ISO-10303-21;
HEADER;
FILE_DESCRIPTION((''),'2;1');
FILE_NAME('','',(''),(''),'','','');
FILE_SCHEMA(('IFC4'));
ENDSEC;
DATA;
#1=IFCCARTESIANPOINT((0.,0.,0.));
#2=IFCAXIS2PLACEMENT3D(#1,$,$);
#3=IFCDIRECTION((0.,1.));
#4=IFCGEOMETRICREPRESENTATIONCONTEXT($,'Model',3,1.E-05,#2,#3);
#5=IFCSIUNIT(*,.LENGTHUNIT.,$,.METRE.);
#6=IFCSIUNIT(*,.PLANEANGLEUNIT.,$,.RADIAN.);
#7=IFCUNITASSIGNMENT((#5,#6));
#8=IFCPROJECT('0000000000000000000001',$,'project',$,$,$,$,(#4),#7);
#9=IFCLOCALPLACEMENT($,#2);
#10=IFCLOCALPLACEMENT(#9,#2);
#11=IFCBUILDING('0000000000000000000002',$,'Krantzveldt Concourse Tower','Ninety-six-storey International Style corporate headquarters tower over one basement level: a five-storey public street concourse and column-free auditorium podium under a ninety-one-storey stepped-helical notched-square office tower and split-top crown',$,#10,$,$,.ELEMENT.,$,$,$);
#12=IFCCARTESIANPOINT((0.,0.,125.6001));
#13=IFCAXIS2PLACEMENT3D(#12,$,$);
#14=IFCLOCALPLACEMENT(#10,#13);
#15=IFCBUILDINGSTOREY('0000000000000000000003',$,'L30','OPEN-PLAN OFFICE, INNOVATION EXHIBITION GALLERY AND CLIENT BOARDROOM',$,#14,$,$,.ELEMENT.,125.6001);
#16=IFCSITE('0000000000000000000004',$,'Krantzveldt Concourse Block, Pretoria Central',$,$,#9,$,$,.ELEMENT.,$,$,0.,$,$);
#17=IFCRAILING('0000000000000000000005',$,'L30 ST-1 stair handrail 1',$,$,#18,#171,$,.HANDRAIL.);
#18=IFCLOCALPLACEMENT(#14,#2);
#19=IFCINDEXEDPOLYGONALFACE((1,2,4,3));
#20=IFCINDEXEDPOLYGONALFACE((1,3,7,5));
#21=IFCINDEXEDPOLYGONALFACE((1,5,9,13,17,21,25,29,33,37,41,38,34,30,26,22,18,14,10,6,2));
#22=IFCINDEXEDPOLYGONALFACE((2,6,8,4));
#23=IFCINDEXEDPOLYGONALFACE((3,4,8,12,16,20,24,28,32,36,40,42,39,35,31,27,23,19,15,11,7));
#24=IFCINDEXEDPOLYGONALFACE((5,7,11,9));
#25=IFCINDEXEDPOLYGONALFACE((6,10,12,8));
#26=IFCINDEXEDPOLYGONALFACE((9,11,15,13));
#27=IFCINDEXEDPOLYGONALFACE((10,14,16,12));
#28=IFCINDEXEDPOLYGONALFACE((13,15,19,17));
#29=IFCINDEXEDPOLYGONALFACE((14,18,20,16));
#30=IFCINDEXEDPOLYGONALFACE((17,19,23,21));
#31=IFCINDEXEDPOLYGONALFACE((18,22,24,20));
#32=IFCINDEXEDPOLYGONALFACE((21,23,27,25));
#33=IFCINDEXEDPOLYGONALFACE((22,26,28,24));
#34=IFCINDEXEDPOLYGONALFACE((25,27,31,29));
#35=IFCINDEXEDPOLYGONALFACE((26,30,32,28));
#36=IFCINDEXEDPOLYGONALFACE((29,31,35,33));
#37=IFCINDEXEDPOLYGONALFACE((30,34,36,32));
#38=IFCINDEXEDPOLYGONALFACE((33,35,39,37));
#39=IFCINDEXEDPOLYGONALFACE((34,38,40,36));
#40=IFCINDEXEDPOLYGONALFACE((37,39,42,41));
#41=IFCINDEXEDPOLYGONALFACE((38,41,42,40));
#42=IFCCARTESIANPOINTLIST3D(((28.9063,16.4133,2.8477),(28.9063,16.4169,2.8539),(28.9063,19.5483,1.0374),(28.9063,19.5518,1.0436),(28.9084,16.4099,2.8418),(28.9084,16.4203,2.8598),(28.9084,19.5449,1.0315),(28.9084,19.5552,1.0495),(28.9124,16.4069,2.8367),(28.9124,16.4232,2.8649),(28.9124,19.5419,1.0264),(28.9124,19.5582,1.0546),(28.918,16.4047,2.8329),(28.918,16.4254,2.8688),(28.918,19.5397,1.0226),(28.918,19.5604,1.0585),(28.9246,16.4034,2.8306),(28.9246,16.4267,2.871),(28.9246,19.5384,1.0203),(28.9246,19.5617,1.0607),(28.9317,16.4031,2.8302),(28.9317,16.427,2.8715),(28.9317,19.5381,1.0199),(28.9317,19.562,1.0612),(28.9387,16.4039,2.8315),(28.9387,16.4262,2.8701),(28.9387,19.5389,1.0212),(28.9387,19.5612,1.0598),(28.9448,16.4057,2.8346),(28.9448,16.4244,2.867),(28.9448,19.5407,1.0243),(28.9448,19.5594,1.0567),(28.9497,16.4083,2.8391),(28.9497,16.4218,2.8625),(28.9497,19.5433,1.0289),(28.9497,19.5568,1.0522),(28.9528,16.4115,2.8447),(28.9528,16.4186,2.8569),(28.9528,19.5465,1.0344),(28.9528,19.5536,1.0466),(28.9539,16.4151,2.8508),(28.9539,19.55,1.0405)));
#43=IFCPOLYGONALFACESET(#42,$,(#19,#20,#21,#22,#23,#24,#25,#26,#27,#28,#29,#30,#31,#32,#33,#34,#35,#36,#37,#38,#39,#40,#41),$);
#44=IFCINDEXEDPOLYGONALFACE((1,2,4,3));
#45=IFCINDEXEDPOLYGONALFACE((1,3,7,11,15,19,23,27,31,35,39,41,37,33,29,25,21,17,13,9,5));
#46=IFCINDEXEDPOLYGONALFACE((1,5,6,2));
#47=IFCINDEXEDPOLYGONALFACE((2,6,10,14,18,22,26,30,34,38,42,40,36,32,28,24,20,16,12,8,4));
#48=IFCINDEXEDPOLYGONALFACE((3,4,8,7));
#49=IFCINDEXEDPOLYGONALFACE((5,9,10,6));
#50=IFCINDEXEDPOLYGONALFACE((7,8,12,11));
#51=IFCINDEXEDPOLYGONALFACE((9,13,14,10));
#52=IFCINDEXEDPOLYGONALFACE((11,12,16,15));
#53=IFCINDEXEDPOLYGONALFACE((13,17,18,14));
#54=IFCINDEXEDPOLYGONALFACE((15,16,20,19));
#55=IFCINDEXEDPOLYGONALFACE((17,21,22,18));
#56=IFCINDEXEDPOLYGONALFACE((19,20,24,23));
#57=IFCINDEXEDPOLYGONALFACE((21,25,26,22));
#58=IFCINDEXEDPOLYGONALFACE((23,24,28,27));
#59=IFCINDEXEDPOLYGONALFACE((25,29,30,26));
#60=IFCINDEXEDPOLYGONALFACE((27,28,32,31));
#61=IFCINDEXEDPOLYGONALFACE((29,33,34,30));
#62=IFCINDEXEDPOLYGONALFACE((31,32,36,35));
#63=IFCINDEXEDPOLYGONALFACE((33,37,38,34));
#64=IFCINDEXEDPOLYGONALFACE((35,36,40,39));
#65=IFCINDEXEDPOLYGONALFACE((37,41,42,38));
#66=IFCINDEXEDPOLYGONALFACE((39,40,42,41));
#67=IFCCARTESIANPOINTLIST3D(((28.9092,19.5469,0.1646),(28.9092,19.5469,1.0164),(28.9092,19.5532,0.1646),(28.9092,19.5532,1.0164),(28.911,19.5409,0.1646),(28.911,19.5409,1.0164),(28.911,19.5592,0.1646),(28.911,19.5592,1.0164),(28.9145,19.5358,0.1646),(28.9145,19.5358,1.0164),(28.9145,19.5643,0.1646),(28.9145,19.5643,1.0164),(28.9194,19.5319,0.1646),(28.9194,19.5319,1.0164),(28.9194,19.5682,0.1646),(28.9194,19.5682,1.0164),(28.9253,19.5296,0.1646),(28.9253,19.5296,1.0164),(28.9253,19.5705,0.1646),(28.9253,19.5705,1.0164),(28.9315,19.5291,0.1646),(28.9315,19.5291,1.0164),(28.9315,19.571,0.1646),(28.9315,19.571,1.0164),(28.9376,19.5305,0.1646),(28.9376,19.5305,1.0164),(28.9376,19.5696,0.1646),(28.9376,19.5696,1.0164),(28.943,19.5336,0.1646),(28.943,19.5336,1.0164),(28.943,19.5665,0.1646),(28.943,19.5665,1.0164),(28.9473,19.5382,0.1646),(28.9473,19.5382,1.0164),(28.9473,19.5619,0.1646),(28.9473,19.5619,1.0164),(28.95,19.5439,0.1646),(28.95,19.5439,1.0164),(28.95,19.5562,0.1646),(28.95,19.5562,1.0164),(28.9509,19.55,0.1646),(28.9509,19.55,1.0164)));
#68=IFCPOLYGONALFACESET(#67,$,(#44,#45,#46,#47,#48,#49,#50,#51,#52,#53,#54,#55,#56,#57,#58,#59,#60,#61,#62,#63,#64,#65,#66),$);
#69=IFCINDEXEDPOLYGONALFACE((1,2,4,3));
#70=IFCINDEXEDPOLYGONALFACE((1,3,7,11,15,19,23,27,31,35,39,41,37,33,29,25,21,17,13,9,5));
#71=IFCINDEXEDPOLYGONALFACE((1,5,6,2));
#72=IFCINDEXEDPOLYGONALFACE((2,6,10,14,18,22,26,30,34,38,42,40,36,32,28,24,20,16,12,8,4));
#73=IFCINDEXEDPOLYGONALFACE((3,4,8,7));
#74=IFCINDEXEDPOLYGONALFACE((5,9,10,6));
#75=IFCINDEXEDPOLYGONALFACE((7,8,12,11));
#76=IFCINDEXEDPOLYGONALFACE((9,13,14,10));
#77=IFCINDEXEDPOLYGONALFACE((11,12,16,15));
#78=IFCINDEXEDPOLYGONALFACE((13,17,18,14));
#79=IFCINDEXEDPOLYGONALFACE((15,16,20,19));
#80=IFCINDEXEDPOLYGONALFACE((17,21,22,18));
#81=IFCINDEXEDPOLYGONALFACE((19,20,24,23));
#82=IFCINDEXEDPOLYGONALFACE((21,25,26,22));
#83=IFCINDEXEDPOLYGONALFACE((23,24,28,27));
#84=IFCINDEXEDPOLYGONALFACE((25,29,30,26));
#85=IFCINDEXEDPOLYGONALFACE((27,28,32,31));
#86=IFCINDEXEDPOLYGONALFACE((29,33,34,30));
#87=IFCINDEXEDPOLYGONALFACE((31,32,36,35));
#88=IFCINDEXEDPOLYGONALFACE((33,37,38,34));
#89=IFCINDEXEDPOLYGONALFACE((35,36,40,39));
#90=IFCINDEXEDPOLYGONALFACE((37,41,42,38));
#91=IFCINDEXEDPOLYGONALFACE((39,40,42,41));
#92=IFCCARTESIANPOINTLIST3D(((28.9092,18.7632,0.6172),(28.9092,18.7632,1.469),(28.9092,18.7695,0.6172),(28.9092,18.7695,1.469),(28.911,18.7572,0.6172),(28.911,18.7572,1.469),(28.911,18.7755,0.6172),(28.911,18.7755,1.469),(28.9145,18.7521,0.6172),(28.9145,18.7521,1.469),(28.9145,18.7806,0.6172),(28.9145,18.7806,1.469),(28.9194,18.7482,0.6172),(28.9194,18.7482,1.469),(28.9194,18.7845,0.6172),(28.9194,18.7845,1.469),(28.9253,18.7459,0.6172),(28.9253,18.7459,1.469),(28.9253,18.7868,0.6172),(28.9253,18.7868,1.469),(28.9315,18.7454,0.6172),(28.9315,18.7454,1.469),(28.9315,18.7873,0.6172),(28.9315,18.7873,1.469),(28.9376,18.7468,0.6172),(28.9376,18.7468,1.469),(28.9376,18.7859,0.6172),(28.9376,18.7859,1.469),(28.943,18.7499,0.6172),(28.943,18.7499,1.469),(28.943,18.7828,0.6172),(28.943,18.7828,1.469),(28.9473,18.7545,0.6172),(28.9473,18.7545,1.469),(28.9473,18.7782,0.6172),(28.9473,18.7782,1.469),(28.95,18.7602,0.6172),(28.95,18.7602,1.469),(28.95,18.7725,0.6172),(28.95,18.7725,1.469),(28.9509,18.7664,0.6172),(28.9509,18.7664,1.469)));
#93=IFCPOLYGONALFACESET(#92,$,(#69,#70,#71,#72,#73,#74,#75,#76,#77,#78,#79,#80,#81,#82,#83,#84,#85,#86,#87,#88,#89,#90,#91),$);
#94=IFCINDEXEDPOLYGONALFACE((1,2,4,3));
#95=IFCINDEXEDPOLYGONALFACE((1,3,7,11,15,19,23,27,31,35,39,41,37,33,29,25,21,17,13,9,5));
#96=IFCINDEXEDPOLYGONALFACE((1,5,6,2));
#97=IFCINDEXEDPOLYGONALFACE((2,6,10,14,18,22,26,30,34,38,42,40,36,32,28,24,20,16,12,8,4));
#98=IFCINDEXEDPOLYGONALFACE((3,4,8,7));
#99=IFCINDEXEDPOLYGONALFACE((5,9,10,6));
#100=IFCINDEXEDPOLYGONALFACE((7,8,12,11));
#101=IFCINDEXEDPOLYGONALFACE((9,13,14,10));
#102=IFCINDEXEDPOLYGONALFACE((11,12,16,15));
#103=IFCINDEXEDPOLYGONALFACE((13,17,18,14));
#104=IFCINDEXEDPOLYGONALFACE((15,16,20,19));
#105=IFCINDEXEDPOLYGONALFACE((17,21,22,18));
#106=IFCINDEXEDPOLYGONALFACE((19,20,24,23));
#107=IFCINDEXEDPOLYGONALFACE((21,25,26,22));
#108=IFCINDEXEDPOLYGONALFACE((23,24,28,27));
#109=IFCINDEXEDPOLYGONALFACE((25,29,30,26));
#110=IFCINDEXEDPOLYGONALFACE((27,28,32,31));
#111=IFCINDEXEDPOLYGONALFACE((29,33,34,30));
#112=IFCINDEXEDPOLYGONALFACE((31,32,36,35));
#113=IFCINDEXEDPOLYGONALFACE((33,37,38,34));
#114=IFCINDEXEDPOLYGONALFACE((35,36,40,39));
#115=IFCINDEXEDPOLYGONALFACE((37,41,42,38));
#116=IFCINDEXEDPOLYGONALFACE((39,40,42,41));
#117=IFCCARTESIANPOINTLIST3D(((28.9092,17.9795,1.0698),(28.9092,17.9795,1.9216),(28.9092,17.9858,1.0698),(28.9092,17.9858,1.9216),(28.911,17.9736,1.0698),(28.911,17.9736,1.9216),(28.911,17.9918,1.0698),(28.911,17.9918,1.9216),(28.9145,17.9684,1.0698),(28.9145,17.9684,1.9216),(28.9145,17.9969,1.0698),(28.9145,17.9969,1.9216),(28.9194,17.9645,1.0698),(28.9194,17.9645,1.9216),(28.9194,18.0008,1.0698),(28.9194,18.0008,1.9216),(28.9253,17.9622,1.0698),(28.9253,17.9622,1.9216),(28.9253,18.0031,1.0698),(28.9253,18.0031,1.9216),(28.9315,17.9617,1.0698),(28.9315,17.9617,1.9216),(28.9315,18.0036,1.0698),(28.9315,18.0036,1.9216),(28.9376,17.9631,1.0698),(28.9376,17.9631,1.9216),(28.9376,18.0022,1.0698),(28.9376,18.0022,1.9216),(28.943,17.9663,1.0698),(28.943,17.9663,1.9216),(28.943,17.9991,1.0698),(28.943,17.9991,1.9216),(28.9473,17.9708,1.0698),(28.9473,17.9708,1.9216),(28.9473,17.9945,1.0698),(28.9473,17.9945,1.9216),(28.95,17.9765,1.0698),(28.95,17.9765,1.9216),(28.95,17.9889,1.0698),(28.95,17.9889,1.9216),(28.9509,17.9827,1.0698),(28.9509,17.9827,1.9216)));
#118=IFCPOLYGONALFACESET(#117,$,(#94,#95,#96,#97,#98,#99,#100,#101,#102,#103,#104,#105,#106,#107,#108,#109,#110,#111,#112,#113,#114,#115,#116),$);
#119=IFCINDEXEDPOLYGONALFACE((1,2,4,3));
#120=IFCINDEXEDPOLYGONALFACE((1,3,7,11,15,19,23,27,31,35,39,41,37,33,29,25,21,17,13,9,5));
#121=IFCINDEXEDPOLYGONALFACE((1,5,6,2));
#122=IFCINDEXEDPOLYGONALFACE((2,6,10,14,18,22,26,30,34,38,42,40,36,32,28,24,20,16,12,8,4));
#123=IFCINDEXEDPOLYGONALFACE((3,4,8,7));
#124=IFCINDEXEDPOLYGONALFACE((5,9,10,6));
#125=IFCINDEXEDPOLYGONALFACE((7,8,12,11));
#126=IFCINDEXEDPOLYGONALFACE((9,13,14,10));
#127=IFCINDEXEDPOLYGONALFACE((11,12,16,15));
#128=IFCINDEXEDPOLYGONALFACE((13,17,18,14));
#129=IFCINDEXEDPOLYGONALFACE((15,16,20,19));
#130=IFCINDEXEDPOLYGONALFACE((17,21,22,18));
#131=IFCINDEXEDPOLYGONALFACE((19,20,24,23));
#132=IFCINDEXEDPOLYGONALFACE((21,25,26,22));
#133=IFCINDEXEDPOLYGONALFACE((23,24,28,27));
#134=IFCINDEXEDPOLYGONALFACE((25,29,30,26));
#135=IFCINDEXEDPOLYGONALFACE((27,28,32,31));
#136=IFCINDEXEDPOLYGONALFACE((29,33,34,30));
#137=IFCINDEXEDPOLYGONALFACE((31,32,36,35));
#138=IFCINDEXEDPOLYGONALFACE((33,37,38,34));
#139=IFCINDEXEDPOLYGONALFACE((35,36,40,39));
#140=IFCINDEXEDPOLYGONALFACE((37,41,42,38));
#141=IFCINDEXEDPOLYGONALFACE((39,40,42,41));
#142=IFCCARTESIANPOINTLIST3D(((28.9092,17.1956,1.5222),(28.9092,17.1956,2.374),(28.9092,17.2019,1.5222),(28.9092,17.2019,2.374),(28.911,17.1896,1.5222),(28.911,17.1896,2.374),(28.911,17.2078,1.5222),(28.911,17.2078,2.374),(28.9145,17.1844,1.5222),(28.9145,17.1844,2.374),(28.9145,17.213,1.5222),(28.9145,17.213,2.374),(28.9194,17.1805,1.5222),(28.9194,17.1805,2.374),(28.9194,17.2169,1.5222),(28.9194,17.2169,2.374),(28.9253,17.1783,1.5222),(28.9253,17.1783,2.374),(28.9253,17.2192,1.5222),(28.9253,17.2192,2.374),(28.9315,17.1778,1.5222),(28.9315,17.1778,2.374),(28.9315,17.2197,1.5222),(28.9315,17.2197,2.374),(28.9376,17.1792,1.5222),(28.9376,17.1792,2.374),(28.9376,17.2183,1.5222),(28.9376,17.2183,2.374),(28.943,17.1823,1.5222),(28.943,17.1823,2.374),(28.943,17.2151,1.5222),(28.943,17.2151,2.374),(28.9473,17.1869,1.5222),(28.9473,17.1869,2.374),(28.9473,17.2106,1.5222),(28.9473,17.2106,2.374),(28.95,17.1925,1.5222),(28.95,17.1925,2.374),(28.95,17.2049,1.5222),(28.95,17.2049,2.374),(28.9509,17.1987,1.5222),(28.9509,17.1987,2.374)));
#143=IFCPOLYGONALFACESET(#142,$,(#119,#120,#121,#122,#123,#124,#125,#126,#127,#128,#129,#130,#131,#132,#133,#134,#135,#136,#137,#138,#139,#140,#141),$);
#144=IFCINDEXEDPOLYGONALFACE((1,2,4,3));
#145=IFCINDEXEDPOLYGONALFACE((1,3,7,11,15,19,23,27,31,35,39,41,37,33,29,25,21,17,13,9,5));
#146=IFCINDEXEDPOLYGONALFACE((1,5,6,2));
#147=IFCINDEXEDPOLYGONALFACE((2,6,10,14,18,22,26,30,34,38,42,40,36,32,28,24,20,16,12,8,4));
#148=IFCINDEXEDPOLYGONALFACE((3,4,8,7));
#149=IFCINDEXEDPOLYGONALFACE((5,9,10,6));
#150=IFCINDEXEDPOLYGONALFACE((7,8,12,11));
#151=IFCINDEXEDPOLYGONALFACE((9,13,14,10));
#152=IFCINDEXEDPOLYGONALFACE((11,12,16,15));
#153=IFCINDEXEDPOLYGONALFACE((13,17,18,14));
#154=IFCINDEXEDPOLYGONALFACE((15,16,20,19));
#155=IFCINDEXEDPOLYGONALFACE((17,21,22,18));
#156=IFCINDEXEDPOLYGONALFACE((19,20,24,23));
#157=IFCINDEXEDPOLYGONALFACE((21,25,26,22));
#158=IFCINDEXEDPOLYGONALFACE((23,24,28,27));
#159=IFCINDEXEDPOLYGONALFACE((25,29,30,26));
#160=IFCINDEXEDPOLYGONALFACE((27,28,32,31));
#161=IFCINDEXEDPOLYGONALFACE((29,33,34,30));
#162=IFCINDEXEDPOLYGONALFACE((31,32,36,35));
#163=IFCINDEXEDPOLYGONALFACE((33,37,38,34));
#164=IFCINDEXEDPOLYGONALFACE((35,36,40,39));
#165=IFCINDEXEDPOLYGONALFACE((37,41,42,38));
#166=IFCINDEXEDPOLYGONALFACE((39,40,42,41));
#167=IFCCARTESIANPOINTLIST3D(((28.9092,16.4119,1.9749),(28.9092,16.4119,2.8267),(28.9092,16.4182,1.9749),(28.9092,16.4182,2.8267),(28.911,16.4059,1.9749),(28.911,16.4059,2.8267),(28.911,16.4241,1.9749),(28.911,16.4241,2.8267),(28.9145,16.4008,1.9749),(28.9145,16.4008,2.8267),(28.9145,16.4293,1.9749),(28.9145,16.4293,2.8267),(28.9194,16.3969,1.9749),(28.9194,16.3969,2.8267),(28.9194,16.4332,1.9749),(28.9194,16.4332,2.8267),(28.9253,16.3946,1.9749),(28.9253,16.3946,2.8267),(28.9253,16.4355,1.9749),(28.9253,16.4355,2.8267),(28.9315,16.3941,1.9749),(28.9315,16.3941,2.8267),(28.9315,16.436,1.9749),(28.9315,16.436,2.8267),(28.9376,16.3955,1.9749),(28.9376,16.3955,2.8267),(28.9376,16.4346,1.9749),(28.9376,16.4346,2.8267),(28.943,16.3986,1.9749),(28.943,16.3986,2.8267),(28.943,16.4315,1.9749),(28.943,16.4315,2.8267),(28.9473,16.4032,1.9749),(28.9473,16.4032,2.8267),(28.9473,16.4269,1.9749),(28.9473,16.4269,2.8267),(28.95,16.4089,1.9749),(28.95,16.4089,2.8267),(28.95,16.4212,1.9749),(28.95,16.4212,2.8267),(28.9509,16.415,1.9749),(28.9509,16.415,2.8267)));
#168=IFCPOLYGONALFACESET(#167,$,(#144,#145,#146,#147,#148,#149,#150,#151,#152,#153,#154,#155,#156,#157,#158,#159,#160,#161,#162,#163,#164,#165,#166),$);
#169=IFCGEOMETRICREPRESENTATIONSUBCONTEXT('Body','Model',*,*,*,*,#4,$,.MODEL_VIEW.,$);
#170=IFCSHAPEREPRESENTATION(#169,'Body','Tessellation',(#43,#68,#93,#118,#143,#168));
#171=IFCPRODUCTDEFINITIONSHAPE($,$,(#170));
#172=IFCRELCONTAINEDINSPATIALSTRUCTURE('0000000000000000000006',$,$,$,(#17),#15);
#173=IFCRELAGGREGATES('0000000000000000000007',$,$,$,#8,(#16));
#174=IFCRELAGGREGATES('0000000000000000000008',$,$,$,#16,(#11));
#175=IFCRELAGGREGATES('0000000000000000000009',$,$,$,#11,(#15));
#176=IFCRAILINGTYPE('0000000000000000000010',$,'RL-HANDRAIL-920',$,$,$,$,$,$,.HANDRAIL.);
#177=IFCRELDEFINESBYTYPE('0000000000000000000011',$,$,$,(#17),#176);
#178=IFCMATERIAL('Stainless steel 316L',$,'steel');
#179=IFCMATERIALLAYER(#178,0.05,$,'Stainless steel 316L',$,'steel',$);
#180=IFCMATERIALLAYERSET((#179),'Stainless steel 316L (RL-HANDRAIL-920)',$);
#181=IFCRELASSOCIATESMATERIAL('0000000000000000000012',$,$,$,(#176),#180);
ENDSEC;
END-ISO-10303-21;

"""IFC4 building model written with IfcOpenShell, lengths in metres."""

from ifc_helpers import new_model, si_unit, direction, frame, origin, origin_2d, place, context, subcontext, project, spatial, circle, extrude, material, layer, layer_set, type_object, element, save


model = new_model("IFC4")

# Units and contexts
model_context = context("Model", 3, precision=1e-05, world=origin(), true_north=direction((0.0, 1.0)))
body_context = subcontext(model_context, "Body", "Model", "MODEL_VIEW")
ifc_project = project(units=[si_unit("LENGTHUNIT", "METRE"), si_unit("PLANEANGLEUNIT", "RADIAN")], contexts=[model_context])

# Site, building, storey
site_placement = place(None, origin())
site = spatial("IfcSite", under=ifc_project, at=site_placement, Name="Krantzveldt Concourse Block, Pretoria Central", CompositionType="ELEMENT", RefElevation=0.0)
building_placement = place(site_placement, origin())
building = spatial("IfcBuilding", under=site, at=building_placement, Name="Krantzveldt Concourse Tower", Description="Ninety-six-storey International Style corporate headquarters tower over one basement level: a five-storey public street concourse and column-free auditorium podium under a ninety-one-storey stepped-helical notched-square office tower and split-top crown", CompositionType="ELEMENT")
storey_placement = place(building_placement, frame((0.0, 0.0, 125.6001)))
storey = spatial("IfcBuildingStorey", under=building, at=storey_placement, Name="L30", Description="OPEN-PLAN OFFICE, INNOVATION EXHIBITION GALLERY AND CLIENT BOARDROOM", CompositionType="ELEMENT", Elevation=125.6001)

# Railing
ifc_material_1 = material(Name="Stainless steel 316L", Category="steel")
ifc_layer_1 = layer(ifc_material_1, 0.05, Name="Stainless steel 316L", Category="steel")
ifc_layer_set_1 = layer_set([ifc_layer_1], Name="Stainless steel 316L (RL-HANDRAIL-920)")
railing_type_1 = type_object("IfcRailingType", Name="RL-HANDRAIL-920", PredefinedType="HANDRAIL", material=ifc_layer_set_1)
railing_1_placement = place(storey_placement, frame((28.9299, 19.55, 0.1646)))
element("IfcRailing", 1, at=railing_1_placement, inside=storey, type_object=railing_type_1, Name="L30 ST-1 stair handrail 1", PredefinedType="HANDRAIL", context=body_context, shape_type="SweptSolid", body=[
    extrude(circle(Radius=0.0239, at=origin_2d()), frame((0.0, 0.0, 0.876), z_axis=(0.0, -0.865989, 0.500063), x_axis=(1.0, 0.0, 0.0)), (0.0, 0.0, 1.0), 3.6201),
    extrude(circle(Radius=0.021, at=origin_2d()), origin(), (0.0, 0.0, 1.0), 0.8518),
    extrude(circle(Radius=0.021, at=origin_2d()), frame((0.0, -0.7837, 0.4526)), (0.0, 0.0, 1.0), 0.8518),
    extrude(circle(Radius=0.021, at=origin_2d()), frame((0.0, -1.5674, 0.9053)), (0.0, 0.0, 1.0), 0.8518),
    extrude(circle(Radius=0.021, at=origin_2d()), frame((0.0, -2.3513, 1.3577)), (0.0, 0.0, 1.0), 0.8518),
    extrude(circle(Radius=0.021, at=origin_2d()), frame((0.0, -3.135, 1.8103)), (0.0, 0.0, 1.0), 0.8518),
])

save(model, "model.ifc")
